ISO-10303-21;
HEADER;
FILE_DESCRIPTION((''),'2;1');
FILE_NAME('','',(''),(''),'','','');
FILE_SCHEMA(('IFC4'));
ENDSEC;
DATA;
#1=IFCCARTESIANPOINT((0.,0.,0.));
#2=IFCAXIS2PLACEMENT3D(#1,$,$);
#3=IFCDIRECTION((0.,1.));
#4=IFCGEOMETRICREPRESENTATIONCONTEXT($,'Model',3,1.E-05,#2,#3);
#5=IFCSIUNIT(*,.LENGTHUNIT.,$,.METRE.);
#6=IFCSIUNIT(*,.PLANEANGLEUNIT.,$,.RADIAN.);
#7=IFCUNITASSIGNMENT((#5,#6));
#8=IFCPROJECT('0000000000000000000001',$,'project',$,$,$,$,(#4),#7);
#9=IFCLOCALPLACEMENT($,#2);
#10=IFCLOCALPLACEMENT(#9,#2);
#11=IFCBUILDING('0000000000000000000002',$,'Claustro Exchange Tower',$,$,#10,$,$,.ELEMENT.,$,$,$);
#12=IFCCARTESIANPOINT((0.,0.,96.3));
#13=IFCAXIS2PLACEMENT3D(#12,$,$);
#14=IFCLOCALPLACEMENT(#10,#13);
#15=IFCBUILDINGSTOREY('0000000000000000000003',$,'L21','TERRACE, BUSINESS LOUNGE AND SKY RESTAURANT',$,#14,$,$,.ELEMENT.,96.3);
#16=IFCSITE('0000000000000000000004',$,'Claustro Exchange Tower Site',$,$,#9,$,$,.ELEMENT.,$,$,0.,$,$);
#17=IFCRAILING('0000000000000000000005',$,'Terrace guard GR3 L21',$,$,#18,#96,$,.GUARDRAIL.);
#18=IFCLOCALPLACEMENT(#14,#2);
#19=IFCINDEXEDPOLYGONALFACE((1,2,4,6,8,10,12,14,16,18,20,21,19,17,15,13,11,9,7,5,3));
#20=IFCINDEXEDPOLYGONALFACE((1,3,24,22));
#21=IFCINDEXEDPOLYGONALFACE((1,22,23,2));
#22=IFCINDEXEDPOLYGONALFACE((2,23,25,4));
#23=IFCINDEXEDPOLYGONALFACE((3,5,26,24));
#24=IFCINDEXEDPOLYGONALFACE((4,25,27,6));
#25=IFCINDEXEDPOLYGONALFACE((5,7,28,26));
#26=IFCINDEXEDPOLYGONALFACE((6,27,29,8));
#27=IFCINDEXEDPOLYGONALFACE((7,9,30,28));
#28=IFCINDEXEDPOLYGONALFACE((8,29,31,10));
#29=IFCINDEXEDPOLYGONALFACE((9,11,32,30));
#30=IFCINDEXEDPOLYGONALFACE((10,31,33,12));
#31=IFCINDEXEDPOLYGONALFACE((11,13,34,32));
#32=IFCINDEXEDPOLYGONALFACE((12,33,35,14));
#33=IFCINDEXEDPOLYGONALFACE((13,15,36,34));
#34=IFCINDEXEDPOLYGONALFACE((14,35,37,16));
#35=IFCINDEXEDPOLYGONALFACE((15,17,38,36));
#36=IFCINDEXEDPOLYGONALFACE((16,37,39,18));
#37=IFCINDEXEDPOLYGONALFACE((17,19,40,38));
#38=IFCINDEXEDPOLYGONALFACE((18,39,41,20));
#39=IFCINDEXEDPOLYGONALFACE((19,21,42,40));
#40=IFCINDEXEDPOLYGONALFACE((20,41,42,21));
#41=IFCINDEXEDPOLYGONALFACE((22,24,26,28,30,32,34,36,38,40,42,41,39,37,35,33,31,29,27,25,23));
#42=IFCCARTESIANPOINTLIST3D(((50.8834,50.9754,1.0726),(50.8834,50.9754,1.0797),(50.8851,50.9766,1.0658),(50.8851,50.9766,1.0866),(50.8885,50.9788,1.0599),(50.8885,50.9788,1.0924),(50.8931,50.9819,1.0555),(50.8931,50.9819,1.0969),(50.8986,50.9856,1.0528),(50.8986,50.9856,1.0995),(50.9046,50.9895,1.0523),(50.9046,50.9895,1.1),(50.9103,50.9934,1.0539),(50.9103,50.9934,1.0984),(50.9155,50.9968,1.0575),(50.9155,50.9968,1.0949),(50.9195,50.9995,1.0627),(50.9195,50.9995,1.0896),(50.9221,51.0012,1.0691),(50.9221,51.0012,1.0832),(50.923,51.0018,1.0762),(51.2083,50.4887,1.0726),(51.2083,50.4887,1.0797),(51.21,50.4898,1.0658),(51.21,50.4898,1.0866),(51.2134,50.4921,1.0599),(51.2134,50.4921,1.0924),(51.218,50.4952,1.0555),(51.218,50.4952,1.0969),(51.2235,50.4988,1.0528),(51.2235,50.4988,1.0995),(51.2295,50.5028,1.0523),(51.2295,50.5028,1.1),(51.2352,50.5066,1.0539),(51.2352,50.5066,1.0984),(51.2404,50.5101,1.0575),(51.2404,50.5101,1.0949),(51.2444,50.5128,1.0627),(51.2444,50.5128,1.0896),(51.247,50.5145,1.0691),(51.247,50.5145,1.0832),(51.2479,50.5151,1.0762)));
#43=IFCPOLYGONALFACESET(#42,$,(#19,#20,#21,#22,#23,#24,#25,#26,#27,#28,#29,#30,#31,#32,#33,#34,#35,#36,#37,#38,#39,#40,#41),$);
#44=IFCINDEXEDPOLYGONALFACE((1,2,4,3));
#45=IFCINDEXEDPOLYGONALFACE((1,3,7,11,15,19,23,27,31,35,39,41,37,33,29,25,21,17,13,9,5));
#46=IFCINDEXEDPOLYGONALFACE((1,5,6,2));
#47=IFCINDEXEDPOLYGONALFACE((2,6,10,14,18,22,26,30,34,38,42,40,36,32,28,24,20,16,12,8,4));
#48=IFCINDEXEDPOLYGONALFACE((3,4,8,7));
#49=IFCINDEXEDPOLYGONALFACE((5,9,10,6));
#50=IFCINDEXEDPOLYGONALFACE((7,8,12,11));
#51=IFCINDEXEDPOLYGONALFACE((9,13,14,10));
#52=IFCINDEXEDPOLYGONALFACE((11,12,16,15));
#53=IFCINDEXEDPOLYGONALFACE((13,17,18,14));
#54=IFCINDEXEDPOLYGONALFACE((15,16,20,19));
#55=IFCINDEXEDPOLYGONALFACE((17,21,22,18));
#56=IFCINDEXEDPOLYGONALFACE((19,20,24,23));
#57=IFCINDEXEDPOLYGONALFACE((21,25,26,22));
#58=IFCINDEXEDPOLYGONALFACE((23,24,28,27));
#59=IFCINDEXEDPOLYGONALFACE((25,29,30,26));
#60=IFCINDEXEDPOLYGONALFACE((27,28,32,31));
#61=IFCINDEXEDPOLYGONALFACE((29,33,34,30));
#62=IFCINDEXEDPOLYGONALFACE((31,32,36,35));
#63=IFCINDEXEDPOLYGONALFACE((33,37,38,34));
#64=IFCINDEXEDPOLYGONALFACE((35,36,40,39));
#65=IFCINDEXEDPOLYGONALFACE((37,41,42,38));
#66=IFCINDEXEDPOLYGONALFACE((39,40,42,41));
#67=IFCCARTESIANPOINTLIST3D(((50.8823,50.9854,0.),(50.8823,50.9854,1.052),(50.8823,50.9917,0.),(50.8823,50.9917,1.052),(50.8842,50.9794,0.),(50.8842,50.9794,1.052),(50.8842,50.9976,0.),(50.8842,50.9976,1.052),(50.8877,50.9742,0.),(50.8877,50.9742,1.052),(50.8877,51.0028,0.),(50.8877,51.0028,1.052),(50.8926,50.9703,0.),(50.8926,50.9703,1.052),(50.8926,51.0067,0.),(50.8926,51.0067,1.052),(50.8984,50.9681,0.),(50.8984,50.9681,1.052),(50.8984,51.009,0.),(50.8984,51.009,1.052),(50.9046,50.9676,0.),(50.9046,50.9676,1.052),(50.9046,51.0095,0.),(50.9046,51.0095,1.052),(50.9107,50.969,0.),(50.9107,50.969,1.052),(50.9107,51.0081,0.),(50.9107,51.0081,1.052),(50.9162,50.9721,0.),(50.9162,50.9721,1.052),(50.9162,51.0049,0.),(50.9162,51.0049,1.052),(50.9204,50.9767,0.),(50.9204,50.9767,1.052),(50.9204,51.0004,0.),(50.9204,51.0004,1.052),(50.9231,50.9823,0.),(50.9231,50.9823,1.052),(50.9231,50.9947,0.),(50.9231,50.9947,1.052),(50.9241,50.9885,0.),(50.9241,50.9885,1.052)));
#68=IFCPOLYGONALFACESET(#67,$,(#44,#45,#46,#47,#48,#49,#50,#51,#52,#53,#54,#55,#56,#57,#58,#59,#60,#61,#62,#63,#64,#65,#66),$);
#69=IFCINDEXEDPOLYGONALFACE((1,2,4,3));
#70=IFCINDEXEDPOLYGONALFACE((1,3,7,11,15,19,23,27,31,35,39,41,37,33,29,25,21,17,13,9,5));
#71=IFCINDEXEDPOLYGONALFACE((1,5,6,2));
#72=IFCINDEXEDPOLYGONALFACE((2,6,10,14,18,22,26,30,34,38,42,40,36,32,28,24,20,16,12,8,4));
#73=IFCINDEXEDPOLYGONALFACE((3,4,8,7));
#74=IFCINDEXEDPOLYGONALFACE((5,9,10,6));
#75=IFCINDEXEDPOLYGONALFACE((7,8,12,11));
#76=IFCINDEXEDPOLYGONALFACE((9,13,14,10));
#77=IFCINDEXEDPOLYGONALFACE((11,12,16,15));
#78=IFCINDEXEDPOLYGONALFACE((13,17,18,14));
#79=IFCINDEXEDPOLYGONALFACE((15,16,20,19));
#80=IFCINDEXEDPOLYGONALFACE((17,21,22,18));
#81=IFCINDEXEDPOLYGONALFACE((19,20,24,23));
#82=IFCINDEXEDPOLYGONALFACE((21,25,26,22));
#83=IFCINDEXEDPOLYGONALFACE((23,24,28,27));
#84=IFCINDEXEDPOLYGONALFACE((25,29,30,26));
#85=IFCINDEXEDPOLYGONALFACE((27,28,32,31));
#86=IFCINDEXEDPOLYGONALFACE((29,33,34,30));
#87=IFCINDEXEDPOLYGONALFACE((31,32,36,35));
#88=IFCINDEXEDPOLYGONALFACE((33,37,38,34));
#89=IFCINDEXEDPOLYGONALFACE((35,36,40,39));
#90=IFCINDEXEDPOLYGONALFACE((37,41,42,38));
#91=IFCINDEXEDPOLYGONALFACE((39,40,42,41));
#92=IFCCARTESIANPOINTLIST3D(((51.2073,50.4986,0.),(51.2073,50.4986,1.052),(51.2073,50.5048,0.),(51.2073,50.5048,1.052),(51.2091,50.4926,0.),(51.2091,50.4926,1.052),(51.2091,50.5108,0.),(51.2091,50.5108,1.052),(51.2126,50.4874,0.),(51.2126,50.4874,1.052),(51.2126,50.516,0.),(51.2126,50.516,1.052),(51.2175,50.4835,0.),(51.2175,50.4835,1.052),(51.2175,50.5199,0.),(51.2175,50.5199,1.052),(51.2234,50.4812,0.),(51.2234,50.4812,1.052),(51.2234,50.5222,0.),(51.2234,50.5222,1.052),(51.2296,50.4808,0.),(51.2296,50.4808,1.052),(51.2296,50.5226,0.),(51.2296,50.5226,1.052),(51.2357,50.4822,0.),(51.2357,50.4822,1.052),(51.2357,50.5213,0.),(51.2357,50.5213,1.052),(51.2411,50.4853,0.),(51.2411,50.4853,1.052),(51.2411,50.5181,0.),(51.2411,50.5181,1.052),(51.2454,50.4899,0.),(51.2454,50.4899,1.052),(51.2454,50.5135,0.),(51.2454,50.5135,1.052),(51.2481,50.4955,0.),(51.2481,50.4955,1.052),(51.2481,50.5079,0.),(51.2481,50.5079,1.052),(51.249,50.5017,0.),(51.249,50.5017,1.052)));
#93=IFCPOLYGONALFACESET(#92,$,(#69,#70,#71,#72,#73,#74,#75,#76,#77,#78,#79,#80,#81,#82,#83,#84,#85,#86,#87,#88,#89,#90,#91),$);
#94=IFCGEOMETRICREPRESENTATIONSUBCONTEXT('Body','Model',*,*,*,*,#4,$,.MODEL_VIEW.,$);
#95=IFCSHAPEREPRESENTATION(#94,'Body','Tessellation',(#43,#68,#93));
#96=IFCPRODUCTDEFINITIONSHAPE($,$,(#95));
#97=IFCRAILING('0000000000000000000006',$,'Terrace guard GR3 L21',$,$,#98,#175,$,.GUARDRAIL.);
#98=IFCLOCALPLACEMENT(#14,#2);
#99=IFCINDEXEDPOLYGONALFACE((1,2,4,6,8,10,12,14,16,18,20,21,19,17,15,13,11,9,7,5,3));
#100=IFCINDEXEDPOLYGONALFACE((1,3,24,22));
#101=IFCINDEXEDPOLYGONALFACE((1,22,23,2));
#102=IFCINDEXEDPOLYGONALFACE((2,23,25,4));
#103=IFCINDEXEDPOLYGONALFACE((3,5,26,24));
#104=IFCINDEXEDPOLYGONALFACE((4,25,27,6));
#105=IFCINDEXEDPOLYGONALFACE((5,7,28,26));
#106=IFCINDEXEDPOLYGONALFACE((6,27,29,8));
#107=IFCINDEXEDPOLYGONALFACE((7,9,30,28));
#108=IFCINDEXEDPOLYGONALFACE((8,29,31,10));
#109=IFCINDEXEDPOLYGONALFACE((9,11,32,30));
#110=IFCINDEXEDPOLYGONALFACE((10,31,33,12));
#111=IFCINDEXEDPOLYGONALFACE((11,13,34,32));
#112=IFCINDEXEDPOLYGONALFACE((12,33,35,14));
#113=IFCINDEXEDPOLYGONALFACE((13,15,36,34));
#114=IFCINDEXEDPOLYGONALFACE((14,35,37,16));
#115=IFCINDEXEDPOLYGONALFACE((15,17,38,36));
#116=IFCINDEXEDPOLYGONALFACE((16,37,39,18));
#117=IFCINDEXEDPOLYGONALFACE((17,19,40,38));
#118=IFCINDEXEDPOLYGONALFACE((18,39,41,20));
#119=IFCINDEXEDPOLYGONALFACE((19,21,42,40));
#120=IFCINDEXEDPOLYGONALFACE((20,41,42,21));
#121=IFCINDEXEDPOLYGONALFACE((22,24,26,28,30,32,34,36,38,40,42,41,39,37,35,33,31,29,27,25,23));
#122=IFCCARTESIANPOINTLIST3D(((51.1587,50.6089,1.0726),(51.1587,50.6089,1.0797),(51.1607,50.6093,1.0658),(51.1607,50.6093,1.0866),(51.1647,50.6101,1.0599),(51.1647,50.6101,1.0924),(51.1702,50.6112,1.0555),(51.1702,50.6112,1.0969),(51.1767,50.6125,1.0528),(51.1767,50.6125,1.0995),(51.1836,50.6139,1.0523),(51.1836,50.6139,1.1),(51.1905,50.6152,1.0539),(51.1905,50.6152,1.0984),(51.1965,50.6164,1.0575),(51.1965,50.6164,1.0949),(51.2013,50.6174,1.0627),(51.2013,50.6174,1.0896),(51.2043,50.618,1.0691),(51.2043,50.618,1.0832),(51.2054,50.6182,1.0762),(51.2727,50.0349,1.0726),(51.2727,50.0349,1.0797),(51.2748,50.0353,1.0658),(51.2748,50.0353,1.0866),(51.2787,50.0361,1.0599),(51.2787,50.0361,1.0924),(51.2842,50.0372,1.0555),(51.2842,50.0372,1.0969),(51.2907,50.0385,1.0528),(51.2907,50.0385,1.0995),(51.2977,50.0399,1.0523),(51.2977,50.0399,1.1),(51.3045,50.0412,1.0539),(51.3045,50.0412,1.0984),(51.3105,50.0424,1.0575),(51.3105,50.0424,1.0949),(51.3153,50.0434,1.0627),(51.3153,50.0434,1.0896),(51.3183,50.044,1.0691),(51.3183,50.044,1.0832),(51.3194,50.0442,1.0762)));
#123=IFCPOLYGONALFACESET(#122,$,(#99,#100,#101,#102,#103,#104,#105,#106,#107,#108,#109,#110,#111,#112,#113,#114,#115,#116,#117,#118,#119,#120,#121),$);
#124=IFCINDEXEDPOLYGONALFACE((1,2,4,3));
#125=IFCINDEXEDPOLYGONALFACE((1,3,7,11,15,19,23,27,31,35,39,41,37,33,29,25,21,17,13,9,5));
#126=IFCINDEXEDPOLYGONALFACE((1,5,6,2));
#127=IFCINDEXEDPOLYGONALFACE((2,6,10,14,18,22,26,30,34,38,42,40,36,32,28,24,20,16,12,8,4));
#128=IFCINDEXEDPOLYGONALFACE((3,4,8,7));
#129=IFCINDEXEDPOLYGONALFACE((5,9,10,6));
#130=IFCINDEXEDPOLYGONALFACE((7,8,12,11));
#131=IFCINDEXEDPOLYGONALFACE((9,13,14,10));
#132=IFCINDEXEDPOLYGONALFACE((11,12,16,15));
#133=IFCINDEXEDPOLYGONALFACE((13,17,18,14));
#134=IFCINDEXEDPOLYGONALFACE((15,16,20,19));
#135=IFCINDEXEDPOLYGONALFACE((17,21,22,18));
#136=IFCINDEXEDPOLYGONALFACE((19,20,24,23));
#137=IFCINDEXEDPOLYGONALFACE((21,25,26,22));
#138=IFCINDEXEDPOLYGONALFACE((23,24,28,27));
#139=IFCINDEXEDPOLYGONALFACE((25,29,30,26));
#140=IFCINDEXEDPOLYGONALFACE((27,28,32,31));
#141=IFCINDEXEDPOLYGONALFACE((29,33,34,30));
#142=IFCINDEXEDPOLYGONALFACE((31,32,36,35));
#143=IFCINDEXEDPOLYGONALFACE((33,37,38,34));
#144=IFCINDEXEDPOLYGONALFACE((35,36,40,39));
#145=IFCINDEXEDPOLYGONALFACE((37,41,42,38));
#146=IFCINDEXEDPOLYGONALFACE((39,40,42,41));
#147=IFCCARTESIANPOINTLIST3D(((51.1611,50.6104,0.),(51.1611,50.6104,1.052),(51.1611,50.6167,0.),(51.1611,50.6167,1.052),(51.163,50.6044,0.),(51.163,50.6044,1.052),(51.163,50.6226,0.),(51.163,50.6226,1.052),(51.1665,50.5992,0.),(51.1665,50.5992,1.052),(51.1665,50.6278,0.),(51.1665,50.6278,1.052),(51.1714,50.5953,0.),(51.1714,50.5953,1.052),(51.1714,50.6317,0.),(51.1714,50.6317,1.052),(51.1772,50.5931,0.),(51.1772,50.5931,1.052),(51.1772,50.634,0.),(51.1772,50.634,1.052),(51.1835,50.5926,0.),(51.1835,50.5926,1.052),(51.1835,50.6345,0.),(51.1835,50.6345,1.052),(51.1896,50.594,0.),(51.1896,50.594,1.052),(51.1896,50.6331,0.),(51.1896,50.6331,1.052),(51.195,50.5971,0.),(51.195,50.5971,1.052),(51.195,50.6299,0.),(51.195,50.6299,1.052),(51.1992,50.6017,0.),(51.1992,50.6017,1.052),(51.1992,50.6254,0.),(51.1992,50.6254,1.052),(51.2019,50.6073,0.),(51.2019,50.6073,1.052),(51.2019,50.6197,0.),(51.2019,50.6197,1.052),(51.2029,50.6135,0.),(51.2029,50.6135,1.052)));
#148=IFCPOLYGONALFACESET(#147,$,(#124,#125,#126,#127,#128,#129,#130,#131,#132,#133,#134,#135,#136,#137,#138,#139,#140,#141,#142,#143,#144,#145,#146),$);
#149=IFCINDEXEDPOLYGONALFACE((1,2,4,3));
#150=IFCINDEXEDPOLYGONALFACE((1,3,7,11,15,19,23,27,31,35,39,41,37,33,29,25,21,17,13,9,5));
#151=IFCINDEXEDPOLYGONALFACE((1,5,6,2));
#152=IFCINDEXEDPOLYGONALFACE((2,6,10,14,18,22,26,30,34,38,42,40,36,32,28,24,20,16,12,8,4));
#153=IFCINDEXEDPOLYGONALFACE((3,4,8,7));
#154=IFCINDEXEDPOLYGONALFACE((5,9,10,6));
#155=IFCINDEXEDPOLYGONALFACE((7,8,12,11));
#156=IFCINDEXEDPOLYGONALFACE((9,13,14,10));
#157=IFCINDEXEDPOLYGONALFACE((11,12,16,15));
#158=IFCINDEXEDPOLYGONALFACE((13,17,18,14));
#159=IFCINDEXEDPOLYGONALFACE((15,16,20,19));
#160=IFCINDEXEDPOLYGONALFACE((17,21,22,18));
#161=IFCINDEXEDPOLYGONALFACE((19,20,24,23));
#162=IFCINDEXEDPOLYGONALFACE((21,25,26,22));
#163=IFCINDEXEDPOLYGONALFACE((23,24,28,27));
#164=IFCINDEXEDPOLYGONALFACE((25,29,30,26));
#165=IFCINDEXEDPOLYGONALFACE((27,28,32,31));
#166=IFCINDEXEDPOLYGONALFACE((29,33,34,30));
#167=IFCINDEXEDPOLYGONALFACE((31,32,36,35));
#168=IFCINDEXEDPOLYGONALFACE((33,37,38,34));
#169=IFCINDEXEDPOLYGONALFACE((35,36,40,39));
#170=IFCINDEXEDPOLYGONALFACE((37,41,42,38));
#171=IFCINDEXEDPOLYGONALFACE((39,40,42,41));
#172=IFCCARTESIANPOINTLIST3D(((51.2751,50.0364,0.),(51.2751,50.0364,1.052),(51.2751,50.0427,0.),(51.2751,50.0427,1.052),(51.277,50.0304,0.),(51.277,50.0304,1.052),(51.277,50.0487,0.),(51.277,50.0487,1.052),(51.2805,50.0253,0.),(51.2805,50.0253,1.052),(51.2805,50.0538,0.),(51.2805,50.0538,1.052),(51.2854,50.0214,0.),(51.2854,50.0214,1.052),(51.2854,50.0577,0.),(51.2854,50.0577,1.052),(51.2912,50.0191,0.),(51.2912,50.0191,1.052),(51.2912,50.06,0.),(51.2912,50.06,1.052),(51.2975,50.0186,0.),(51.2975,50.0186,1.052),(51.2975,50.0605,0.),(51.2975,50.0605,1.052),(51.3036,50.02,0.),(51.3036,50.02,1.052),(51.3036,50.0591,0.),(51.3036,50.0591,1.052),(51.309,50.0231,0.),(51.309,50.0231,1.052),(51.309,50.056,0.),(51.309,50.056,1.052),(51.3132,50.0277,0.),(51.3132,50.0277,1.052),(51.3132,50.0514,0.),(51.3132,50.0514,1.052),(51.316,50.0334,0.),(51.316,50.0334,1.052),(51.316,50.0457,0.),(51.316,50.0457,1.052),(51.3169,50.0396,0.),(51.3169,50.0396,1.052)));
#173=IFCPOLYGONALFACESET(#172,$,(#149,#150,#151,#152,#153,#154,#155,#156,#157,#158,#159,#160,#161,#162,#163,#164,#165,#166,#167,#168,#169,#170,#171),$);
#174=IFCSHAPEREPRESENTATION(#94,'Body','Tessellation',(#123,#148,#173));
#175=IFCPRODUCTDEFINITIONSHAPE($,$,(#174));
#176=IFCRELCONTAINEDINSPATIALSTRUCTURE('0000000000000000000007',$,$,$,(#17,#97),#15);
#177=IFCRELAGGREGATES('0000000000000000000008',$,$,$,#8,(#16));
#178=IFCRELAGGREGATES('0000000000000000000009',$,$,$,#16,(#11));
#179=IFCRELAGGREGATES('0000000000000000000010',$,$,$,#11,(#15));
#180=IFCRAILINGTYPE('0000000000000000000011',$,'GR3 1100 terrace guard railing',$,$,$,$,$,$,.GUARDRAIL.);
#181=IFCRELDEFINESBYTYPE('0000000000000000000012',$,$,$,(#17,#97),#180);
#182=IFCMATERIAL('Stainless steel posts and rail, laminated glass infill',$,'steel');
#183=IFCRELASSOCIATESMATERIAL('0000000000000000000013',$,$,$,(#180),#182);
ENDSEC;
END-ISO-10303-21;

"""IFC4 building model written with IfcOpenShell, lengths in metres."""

from ifc_helpers import new_model, si_unit, direction, frame, origin, origin_2d, place, context, subcontext, project, spatial, circle, extrude, material, type_object, element, save


model = new_model("IFC4")

# Units and contexts
model_context = context("Model", 3, precision=1e-05, world=origin(), true_north=direction((0.0, 1.0)))
body_context = subcontext(model_context, "Body", "Model", "MODEL_VIEW")
ifc_project = project(units=[si_unit("LENGTHUNIT", "METRE"), si_unit("PLANEANGLEUNIT", "RADIAN")], contexts=[model_context])

# Site, building, storey
site_placement = place(None, origin())
site = spatial("IfcSite", under=ifc_project, at=site_placement, Name="Claustro Exchange Tower Site", CompositionType="ELEMENT", RefElevation=0.0)
building_placement = place(site_placement, origin())
building = spatial("IfcBuilding", under=site, at=building_placement, Name="Claustro Exchange Tower", CompositionType="ELEMENT")
storey_placement = place(building_placement, frame((0.0, 0.0, 96.3)))
storey = spatial("IfcBuildingStorey", under=building, at=storey_placement, Name="L21", Description="TERRACE, BUSINESS LOUNGE AND SKY RESTAURANT", CompositionType="ELEMENT", Elevation=96.3)

# Railings
ifc_material_1 = material(Name="Stainless steel posts and rail, laminated glass infill", Category="steel")
railing_type = type_object("IfcRailingType", Name="GR3 1100 terrace guard railing", PredefinedType="GUARDRAIL", material=ifc_material_1)
railing_1_placement = place(storey_placement, frame((50.9031, 50.9885, 0.0)))
element("IfcRailing", 1, at=railing_1_placement, inside=storey, type_object=railing_type, Name="Terrace guard GR3 L21", PredefinedType="GUARDRAIL", context=body_context, shape_type="SweptSolid", body=[
    extrude(circle(Radius=0.0239, at=origin_2d()), frame((0.0, 0.0, 1.0762), z_axis=(0.555181, -0.831729, 0.0), x_axis=(0.831729, 0.555181, 0.0)), (0.0, 0.0, 1.0), 0.5852),
    extrude(circle(Radius=0.021, at=origin_2d()), origin(), (0.0, 0.0, 1.0), 1.052),
    extrude(circle(Radius=0.021, at=origin_2d()), frame((0.325, -0.4868, 0.0)), (0.0, 0.0, 1.0), 1.052),
])
railing_2_placement = place(storey_placement, frame((51.1819, 50.6135, 0.0)))
element("IfcRailing", 2, at=railing_2_placement, inside=storey, type_object=railing_type, Name="Terrace guard GR3 L21", PredefinedType="GUARDRAIL", context=body_context, shape_type="SweptSolid", body=[
    extrude(circle(Radius=0.0239, at=origin_2d()), frame((0.0, 0.0, 1.0762), z_axis=(0.194832, -0.980837, 0.0), x_axis=(0.980837, 0.194832, 0.0)), (0.0, 0.0, 1.0), 0.5852),
    extrude(circle(Radius=0.021, at=origin_2d()), origin(), (0.0, 0.0, 1.0), 1.052),
    extrude(circle(Radius=0.021, at=origin_2d()), frame((0.114, -0.574, 0.0)), (0.0, 0.0, 1.0), 1.052),
])

save(model, "model.ifc")
